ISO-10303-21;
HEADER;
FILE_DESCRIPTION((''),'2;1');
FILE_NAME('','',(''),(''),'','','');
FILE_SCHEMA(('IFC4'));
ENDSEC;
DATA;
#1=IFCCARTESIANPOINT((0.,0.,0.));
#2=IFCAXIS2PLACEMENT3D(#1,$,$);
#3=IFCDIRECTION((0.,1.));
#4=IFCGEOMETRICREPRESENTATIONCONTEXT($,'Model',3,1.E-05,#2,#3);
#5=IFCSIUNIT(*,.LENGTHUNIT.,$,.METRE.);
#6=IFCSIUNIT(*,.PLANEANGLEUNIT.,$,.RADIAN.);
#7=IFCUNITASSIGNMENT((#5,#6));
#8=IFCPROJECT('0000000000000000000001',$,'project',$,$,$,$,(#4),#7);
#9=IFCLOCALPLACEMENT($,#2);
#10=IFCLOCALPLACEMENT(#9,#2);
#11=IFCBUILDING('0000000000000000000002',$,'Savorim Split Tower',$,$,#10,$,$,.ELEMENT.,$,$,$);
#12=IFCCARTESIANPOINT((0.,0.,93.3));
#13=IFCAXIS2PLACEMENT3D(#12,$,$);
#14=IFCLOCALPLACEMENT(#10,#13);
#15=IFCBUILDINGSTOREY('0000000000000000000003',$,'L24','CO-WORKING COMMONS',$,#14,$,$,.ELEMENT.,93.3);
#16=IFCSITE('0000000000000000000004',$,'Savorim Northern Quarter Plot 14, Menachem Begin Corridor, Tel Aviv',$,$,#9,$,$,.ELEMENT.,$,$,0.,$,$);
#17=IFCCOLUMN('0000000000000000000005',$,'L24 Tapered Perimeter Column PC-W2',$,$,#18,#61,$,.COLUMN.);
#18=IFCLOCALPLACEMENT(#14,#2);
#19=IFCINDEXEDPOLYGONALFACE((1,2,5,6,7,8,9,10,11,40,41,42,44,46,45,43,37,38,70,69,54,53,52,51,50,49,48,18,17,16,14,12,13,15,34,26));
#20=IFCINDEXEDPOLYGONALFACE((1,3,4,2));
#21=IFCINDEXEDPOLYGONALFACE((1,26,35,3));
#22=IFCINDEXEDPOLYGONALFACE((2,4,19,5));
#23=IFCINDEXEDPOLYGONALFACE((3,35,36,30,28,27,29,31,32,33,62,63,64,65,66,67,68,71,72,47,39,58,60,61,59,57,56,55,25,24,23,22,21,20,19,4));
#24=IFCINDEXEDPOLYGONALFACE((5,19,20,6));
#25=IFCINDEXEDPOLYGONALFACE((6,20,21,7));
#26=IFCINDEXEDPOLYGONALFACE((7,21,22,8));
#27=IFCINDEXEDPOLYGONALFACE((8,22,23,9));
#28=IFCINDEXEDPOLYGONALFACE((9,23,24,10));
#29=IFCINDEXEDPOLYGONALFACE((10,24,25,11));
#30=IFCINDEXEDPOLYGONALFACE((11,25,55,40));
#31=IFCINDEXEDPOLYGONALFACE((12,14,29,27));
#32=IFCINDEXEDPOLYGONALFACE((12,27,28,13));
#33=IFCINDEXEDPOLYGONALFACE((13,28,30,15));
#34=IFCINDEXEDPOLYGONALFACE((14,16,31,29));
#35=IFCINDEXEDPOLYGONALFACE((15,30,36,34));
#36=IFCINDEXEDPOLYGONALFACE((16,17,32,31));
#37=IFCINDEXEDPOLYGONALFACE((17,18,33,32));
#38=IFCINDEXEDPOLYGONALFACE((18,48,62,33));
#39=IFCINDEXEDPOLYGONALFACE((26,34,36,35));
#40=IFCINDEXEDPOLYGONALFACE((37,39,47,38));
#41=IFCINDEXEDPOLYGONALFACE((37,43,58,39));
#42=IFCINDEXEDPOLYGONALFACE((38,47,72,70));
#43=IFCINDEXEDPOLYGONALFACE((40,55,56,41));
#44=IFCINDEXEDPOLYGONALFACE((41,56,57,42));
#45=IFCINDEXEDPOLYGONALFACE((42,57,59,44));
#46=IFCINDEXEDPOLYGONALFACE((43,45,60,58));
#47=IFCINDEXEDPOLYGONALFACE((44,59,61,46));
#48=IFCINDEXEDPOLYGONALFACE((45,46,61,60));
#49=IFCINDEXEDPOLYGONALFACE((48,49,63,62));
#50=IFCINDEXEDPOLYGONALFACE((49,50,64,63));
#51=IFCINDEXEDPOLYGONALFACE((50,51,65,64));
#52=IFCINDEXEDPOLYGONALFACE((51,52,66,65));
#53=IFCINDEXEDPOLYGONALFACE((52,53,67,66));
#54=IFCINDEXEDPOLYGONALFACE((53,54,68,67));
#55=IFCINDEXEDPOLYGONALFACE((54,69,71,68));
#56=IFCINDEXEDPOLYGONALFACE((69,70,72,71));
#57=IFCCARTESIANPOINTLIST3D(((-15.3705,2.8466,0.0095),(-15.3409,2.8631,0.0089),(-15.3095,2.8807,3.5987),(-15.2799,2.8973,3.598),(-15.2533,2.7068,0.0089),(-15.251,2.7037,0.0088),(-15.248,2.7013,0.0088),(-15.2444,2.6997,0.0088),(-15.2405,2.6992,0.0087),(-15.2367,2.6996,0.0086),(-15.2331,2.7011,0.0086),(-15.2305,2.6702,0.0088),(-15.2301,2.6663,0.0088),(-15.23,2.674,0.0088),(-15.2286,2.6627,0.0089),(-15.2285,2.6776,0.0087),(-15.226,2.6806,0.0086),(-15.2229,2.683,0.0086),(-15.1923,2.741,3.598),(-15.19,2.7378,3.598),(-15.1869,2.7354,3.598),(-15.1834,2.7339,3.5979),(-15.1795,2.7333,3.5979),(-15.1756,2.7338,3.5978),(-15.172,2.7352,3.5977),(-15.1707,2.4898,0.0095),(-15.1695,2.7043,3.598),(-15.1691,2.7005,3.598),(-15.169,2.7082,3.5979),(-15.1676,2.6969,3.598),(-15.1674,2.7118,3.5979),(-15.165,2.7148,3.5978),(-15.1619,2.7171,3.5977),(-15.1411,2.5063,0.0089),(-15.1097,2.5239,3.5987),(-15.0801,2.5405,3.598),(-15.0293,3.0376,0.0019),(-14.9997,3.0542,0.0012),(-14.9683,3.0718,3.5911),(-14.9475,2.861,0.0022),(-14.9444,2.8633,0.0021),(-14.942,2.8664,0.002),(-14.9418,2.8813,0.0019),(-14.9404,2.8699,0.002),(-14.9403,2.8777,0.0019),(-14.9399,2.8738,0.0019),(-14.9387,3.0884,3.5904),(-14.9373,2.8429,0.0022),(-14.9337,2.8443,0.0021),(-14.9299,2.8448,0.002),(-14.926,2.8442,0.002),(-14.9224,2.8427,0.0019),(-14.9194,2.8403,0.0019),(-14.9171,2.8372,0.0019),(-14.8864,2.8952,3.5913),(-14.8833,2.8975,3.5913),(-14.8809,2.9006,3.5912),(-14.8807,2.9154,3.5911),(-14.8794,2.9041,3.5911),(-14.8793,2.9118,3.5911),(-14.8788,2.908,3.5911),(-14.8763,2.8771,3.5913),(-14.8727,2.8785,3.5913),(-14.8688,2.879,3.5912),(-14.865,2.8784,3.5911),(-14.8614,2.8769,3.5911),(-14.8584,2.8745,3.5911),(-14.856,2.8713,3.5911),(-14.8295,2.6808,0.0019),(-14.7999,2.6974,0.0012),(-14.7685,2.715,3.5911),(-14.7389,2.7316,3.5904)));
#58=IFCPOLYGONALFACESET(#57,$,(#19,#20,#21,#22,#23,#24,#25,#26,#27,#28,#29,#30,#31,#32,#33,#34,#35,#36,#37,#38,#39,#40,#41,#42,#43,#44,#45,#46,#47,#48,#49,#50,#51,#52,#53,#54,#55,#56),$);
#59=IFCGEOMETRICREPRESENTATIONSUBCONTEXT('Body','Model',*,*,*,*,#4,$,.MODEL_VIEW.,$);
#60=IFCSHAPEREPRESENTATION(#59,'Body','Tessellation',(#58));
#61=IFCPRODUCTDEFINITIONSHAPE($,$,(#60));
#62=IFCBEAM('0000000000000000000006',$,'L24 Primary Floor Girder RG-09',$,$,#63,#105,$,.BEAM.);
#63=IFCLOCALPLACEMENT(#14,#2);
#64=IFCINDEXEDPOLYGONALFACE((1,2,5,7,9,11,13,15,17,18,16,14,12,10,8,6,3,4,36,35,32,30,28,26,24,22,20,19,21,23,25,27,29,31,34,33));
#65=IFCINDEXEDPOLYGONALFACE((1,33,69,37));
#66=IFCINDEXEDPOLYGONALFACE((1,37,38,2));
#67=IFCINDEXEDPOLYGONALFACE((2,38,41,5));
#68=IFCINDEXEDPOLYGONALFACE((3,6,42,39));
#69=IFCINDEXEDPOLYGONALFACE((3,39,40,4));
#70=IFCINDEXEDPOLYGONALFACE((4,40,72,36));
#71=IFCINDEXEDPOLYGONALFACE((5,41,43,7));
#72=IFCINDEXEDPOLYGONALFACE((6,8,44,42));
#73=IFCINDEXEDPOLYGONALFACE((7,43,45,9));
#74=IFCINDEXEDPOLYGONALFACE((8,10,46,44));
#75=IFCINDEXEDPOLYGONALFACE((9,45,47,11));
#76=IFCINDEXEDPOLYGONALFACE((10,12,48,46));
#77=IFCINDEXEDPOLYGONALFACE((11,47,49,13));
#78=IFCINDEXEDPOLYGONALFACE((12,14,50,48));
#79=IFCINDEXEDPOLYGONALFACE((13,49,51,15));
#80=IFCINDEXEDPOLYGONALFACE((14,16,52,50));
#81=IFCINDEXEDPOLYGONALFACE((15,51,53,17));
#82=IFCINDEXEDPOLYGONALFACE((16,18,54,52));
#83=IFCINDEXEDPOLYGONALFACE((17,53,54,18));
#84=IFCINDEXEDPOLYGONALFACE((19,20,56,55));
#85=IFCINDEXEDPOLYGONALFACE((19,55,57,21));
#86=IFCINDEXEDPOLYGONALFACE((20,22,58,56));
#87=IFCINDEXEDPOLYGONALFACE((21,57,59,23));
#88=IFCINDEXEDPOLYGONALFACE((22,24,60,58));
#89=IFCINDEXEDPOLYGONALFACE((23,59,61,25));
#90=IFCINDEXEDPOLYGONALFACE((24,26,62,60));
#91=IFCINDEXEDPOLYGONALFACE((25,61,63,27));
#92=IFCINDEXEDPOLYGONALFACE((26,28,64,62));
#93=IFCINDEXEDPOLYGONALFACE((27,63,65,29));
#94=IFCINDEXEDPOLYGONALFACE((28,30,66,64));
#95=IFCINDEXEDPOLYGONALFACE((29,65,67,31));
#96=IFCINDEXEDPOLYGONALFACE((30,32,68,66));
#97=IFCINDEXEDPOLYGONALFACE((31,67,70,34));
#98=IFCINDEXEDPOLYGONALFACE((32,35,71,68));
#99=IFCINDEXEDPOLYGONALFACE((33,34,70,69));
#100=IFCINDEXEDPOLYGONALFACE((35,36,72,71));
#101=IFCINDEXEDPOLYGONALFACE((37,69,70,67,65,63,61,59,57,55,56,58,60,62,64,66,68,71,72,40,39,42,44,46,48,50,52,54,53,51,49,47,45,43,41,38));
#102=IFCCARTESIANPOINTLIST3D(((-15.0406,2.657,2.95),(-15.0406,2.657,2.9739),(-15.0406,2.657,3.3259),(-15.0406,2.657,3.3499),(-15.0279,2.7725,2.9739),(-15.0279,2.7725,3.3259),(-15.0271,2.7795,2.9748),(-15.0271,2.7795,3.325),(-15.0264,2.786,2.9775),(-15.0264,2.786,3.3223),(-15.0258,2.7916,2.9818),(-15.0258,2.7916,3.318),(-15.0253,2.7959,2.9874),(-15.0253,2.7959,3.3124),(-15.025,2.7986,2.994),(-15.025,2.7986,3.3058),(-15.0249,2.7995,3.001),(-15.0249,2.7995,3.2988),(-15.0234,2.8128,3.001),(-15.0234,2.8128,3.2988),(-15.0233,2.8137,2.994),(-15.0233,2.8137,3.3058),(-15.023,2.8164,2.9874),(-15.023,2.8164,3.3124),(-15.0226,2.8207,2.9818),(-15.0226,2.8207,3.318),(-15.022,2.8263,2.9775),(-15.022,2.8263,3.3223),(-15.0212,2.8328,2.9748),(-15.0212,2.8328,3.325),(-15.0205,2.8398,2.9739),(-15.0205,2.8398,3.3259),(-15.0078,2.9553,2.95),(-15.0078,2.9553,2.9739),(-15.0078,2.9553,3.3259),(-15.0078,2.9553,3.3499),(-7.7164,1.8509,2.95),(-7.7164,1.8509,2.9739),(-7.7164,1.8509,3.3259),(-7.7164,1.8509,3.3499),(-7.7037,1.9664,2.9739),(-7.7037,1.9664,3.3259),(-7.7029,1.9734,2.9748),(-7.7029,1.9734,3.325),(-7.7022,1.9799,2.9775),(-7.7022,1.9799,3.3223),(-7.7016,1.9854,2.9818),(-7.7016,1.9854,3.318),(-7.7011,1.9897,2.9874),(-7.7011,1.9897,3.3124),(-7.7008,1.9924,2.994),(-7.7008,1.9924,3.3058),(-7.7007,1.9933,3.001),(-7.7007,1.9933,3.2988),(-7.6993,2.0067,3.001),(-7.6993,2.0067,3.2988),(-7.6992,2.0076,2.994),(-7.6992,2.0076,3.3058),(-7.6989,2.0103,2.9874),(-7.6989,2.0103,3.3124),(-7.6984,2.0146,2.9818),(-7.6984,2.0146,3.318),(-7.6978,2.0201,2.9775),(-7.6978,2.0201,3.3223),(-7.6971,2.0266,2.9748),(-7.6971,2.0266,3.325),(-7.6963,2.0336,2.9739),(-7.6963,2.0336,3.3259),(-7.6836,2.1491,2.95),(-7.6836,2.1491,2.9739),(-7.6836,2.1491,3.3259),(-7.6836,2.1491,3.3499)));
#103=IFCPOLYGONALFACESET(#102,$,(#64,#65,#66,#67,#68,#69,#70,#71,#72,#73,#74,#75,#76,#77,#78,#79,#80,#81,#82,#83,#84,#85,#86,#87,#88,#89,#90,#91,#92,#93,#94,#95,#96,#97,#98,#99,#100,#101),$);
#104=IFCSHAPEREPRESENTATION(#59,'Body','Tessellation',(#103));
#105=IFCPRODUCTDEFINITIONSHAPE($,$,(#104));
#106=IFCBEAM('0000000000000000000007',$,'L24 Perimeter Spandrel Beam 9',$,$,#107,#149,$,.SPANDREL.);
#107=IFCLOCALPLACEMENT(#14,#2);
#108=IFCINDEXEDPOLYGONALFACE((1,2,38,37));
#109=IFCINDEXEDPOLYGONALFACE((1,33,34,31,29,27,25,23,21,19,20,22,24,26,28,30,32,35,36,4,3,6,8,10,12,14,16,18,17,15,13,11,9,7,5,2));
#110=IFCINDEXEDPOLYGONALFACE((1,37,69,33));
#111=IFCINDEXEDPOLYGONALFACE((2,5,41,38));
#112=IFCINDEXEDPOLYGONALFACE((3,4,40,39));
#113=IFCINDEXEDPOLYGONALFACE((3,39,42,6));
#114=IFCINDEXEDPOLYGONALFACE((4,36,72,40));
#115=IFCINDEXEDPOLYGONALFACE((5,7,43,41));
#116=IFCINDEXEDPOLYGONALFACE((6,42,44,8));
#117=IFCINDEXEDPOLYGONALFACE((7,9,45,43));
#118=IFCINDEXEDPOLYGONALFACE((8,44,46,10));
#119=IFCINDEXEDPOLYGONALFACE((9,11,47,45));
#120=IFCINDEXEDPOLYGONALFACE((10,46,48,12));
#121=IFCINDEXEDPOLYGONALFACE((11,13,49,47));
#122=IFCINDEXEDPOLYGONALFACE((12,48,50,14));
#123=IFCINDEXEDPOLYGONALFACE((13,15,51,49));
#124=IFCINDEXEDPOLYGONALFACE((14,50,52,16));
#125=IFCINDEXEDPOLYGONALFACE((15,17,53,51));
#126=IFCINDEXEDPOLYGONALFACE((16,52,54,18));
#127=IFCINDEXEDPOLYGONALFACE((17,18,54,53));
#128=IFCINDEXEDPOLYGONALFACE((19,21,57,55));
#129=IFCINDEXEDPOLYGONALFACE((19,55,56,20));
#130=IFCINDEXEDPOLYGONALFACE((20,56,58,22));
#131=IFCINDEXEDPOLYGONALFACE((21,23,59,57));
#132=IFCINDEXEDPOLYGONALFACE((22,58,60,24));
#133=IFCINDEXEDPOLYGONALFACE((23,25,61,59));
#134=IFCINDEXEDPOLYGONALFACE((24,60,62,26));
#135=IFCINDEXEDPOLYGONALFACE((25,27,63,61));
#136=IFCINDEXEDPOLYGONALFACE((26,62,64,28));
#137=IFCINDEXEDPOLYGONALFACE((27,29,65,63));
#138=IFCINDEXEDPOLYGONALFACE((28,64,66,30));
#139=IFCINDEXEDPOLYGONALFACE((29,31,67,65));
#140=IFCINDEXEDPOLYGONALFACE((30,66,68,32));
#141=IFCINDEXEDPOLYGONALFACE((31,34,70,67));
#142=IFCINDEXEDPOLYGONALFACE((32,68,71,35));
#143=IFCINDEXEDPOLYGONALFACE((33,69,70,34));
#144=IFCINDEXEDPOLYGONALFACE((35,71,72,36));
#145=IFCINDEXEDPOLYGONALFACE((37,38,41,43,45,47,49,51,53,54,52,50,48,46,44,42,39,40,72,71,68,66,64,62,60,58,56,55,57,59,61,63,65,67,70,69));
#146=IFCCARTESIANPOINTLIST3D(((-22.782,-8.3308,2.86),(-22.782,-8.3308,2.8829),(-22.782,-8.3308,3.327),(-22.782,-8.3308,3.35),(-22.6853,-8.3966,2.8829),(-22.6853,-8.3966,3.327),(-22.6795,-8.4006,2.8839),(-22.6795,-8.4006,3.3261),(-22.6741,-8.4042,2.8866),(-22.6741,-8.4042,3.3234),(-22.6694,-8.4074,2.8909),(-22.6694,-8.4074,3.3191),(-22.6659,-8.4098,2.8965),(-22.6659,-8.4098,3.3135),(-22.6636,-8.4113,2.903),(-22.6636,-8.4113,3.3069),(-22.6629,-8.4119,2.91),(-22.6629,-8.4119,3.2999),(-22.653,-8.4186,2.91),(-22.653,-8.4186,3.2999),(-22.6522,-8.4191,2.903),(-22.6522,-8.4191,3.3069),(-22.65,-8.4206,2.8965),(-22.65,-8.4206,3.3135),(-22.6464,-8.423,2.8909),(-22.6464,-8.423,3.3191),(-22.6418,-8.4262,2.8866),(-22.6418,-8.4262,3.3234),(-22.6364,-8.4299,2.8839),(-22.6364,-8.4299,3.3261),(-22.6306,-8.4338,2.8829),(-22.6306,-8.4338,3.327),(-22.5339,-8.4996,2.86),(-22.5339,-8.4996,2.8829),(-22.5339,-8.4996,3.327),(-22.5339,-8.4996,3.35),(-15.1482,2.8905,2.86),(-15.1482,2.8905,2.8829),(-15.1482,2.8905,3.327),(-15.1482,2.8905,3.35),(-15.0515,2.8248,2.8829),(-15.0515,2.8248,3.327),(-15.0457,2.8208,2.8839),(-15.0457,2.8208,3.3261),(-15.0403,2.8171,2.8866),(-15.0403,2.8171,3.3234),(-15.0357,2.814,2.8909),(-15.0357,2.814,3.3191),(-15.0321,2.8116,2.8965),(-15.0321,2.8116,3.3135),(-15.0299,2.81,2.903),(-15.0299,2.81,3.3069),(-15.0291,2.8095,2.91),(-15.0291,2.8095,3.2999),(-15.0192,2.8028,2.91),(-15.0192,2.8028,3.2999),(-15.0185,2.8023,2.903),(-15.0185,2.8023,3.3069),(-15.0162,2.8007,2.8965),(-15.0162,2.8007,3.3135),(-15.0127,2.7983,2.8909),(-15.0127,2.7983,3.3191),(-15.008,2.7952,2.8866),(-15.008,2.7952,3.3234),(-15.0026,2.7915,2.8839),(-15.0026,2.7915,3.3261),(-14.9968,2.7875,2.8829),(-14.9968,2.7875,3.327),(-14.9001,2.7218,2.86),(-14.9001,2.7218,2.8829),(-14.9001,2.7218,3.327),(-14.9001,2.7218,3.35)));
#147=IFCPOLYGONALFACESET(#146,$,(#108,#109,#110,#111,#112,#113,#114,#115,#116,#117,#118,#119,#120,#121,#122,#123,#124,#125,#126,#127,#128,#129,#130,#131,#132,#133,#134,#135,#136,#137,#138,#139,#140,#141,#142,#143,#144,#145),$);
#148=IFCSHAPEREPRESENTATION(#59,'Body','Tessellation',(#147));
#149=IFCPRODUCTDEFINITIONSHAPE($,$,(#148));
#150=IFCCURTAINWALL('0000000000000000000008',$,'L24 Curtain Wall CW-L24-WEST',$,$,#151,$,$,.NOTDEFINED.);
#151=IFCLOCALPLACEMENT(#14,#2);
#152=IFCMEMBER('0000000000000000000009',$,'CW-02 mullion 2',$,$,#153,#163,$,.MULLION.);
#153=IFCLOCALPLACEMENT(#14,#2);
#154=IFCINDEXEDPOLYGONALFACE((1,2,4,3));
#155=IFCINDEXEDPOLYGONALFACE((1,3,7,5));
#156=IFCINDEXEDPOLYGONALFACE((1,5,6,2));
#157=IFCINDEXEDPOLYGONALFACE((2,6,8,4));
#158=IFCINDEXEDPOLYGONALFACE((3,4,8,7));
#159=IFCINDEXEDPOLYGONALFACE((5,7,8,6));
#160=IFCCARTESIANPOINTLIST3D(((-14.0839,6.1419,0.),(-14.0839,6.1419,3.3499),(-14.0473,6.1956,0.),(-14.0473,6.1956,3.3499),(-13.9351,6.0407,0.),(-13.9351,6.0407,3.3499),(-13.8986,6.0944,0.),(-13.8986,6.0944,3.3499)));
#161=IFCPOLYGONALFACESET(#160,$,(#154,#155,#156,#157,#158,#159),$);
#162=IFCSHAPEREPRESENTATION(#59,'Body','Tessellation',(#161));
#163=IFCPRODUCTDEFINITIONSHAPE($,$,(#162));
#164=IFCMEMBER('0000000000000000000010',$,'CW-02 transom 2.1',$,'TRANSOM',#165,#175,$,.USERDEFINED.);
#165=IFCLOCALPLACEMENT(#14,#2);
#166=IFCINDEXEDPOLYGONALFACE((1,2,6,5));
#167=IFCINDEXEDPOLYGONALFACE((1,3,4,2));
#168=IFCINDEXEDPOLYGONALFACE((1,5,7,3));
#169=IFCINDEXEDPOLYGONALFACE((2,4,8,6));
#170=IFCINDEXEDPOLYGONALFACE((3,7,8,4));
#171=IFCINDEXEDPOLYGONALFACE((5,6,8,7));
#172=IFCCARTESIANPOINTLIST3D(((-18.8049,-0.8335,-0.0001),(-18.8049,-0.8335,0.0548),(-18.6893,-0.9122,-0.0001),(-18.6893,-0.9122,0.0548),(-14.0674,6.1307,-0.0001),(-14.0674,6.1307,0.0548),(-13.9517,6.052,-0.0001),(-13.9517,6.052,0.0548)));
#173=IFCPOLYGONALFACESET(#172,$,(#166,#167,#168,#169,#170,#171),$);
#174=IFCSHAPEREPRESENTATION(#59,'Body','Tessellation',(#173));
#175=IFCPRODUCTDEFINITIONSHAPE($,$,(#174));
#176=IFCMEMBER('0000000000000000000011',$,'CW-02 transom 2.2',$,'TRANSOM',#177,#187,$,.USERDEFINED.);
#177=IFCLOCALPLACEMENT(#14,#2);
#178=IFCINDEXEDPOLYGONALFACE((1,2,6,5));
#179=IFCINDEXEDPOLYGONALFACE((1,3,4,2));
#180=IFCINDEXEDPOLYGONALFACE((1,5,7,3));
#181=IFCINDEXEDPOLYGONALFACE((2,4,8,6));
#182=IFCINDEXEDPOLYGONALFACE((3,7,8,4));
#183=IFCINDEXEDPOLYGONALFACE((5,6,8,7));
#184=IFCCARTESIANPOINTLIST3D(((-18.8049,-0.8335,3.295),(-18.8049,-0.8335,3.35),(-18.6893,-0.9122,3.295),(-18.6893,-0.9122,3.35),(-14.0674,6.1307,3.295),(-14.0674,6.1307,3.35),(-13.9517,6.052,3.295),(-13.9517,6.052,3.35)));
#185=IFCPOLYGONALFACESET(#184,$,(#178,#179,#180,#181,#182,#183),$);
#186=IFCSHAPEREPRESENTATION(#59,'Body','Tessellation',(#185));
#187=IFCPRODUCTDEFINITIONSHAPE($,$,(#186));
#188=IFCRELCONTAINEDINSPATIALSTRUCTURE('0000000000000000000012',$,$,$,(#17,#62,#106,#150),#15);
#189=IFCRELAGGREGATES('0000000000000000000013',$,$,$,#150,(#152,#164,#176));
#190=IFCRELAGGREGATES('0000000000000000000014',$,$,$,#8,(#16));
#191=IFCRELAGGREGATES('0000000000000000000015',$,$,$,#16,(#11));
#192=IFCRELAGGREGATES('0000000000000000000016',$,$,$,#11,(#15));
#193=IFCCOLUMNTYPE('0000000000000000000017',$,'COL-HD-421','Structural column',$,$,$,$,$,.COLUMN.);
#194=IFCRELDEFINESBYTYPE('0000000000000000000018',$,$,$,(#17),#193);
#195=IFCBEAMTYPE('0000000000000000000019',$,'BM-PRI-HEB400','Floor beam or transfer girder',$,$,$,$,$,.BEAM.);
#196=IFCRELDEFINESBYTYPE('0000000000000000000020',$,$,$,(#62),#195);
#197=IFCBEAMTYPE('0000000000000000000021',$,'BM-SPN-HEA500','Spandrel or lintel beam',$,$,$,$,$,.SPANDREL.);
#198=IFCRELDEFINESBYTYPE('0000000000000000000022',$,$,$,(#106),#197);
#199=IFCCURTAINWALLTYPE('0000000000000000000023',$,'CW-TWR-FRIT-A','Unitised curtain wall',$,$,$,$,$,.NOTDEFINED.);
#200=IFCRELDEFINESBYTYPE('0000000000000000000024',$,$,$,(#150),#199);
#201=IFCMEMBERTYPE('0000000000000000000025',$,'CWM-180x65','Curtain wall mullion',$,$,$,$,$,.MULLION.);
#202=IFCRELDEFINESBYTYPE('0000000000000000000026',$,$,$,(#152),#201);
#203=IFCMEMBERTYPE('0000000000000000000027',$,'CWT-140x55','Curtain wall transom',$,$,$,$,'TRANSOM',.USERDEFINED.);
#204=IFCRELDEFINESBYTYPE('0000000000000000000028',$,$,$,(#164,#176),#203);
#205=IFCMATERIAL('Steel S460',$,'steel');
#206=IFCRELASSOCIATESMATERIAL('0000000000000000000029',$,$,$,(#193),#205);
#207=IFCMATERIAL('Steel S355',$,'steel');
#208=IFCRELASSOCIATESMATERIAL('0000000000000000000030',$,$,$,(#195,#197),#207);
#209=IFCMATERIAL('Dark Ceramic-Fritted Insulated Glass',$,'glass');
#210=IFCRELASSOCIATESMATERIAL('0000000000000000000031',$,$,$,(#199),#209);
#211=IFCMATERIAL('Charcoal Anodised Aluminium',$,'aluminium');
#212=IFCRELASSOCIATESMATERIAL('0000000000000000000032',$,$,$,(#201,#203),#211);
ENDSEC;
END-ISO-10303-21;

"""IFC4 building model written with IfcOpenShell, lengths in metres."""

from ifc_helpers import new_model, si_unit, direction, frame, origin, origin_2d, place, context, subcontext, project, spatial, rectangle, i_section, extrude, material, material_profile, profile_set, type_object, element, aggregate, save


model = new_model("IFC4")

# Units and contexts
model_context = context("Model", 3, precision=1e-05, world=origin(), true_north=direction((0.0, 1.0)))
body_context = subcontext(model_context, "Body", "Model", "MODEL_VIEW")
ifc_project = project(units=[si_unit("LENGTHUNIT", "METRE"), si_unit("PLANEANGLEUNIT", "RADIAN")], contexts=[model_context])

# Site, building, storey
site_placement = place(None, origin())
site = spatial("IfcSite", under=ifc_project, at=site_placement, Name="Savorim Northern Quarter Plot 14, Menachem Begin Corridor, Tel Aviv", CompositionType="ELEMENT", RefElevation=0.0)
building_placement = place(site_placement, origin())
building = spatial("IfcBuilding", under=site, at=building_placement, Name="Savorim Split Tower", CompositionType="ELEMENT")
storey_placement = place(building_placement, frame((0.0, 0.0, 93.3)))
storey = spatial("IfcBuildingStorey", under=building, at=storey_placement, Name="L24", Description="CO-WORKING COMMONS", CompositionType="ELEMENT", Elevation=93.3)

# Column
ifc_material_1 = material(Name="Steel S460", Category="steel")
ifc_material_profile_1 = material_profile(ifc_material_1, i_section(OverallWidth=0.4089, OverallDepth=0.425, WebThickness=0.0208, FlangeThickness=0.0339, FilletRadius=0.0149, at=origin_2d()), Name="HD 400x421")
ifc_profile_set_1 = profile_set([ifc_material_profile_1], Name="Steel S460")
column_type = type_object("IfcColumnType", Name="COL-HD-421", Description="Structural column", PredefinedType="COLUMN", material=ifc_profile_set_1)
column_placement = place(storey_placement, frame((-15.0852, 2.772, 0.0054), z_axis=(0.017002, 0.009521, 0.99981), x_axis=(-0.488603, 0.872506, 0.0)))
element("IfcColumn", 1, at=column_placement, inside=storey, type_object=column_type, Name="L24 Tapered Perimeter Column PC-W2", PredefinedType="COLUMN", context=body_context, shape_type="SweptSolid", body=[
    extrude(i_section(OverallWidth=0.4089, OverallDepth=0.425, WebThickness=0.0208, FlangeThickness=0.0339, FilletRadius=0.0149, at=origin_2d()), origin(), (0.0, 0.0, 1.0), 3.5898),
])

# Beams
ifc_material_2 = material(Name="Steel S355", Category="steel")
ifc_material_profile_2 = material_profile(ifc_material_2, i_section(OverallWidth=0.3, OverallDepth=0.3999, WebThickness=0.0134, FlangeThickness=0.0239, FilletRadius=0.0271, at=origin_2d()), Name="HEB 400")
ifc_profile_set_2 = profile_set([ifc_material_profile_2], Name="Steel S355")
beam_type_1 = type_object("IfcBeamType", Name="BM-PRI-HEB400", Description="Floor beam or transfer girder", PredefinedType="BEAM", material=ifc_profile_set_2)
beam_1_placement = place(storey_placement, frame((-15.0242, 2.8062, 3.1499), z_axis=(0.993997, -0.109406, 0.0), x_axis=(0.109406, 0.993997, 0.0)))
element("IfcBeam", 2, at=beam_1_placement, inside=storey, type_object=beam_type_1, Name="L24 Primary Floor Girder RG-09", PredefinedType="BEAM", context=body_context, shape_type="SweptSolid", body=[
    extrude(i_section(OverallWidth=0.3, OverallDepth=0.3999, WebThickness=0.0134, FlangeThickness=0.0239, FilletRadius=0.0271, at=origin_2d()), origin(), (0.0, 0.0, 1.0), 7.3684),
])
ifc_material_profile_3 = material_profile(ifc_material_2, i_section(OverallWidth=0.3, OverallDepth=0.49, WebThickness=0.012, FlangeThickness=0.0229, FilletRadius=0.0271, at=origin_2d()), Name="HEA 500")
ifc_profile_set_3 = profile_set([ifc_material_profile_3], Name="Steel S355")
beam_type_2 = type_object("IfcBeamType", Name="BM-SPN-HEA500", Description="Spandrel or lintel beam", PredefinedType="SPANDREL", material=ifc_profile_set_3)
beam_2_placement = place(storey_placement, frame((-15.0242, 2.8062, 3.105), z_axis=(-0.562472, -0.826816, 0.0), x_axis=(0.826816, -0.562472, 0.0)))
element("IfcBeam", 3, at=beam_2_placement, inside=storey, type_object=beam_type_2, Name="L24 Perimeter Spandrel Beam 9", PredefinedType="SPANDREL", context=body_context, shape_type="SweptSolid", body=[
    extrude(i_section(OverallWidth=0.3, OverallDepth=0.49, WebThickness=0.012, FlangeThickness=0.0229, FilletRadius=0.0271, at=origin_2d()), origin(), (0.0, 0.0, 1.0), 13.5718),
])

# Curtain wall, members
ifc_material_3 = material(Name="Dark Ceramic-Fritted Insulated Glass", Category="glass")
curtain_wall_type = type_object("IfcCurtainWallType", Name="CW-TWR-FRIT-A", Description="Unitised curtain wall", PredefinedType="NOTDEFINED", material=ifc_material_3)
curtain_wall_placement = place(storey_placement, origin())
curtain_wall = element("IfcCurtainWall", 4, at=curtain_wall_placement, inside=storey, type_object=curtain_wall_type, Name="L24 Curtain Wall CW-L24-WEST", PredefinedType="NOTDEFINED")
ifc_material_4 = material(Name="Charcoal Anodised Aluminium", Category="aluminium")
ifc_material_profile_4 = material_profile(ifc_material_4, rectangle(XDim=0.1799, YDim=0.0649, at=origin_2d()), Name="ALU-M 180x65")
ifc_profile_set_4 = profile_set([ifc_material_profile_4], Name="Charcoal Anodised Aluminium")
member_type_1 = type_object("IfcMemberType", Name="CWM-180x65", Description="Curtain wall mullion", PredefinedType="MULLION", material=ifc_profile_set_4)
member_1_placement = place(storey_placement, frame((-13.9912, 6.1182, 0.0), z_axis=(0.0, 0.0, 1.0), x_axis=(0.826819, -0.562468, 0.0)))
member_1 = element("IfcMember", 5, at=member_1_placement, type_object=member_type_1, Name="CW-02 mullion 2", PredefinedType="MULLION", context=body_context, shape_type="SweptSolid", body=[
    extrude(rectangle(XDim=0.1799, YDim=0.0649, at=origin_2d()), origin(), (0.0, 0.0, 1.0), 3.3499),
])
ifc_material_profile_5 = material_profile(ifc_material_4, rectangle(XDim=0.1399, YDim=0.0549, at=origin_2d()), Name="ALU-T 140x55")
ifc_profile_set_5 = profile_set([ifc_material_profile_5], Name="Charcoal Anodised Aluminium")
member_type_2 = type_object("IfcMemberType", Name="CWT-140x55", Description="Curtain wall transom", ElementType="TRANSOM", PredefinedType="USERDEFINED", material=ifc_profile_set_5)
member_2_placement = place(storey_placement, frame((-14.0095, 6.0913, 0.0273), z_axis=(-0.562469, -0.826819, 0.0), x_axis=(0.826819, -0.562469, 0.0)))
member_2 = element("IfcMember", 6, at=member_2_placement, type_object=member_type_2, Name="CW-02 transom 2.1", ObjectType="TRANSOM", PredefinedType="USERDEFINED", context=body_context, shape_type="SweptSolid", body=[
    extrude(rectangle(XDim=0.1399, YDim=0.0549, at=origin_2d()), origin(), (0.0, 0.0, 1.0), 8.4229),
])
member_3_placement = place(storey_placement, frame((-14.0095, 6.0913, 3.3225), z_axis=(-0.562469, -0.826819, 0.0), x_axis=(0.826819, -0.562469, 0.0)))
member_3 = element("IfcMember", 7, at=member_3_placement, type_object=member_type_2, Name="CW-02 transom 2.2", ObjectType="TRANSOM", PredefinedType="USERDEFINED", context=body_context, shape_type="SweptSolid", body=[
    extrude(rectangle(XDim=0.1399, YDim=0.0549, at=origin_2d()), origin(), (0.0, 0.0, 1.0), 8.4229),
])
aggregate(curtain_wall, [member_1, member_2, member_3])

save(model, "model.ifc")
